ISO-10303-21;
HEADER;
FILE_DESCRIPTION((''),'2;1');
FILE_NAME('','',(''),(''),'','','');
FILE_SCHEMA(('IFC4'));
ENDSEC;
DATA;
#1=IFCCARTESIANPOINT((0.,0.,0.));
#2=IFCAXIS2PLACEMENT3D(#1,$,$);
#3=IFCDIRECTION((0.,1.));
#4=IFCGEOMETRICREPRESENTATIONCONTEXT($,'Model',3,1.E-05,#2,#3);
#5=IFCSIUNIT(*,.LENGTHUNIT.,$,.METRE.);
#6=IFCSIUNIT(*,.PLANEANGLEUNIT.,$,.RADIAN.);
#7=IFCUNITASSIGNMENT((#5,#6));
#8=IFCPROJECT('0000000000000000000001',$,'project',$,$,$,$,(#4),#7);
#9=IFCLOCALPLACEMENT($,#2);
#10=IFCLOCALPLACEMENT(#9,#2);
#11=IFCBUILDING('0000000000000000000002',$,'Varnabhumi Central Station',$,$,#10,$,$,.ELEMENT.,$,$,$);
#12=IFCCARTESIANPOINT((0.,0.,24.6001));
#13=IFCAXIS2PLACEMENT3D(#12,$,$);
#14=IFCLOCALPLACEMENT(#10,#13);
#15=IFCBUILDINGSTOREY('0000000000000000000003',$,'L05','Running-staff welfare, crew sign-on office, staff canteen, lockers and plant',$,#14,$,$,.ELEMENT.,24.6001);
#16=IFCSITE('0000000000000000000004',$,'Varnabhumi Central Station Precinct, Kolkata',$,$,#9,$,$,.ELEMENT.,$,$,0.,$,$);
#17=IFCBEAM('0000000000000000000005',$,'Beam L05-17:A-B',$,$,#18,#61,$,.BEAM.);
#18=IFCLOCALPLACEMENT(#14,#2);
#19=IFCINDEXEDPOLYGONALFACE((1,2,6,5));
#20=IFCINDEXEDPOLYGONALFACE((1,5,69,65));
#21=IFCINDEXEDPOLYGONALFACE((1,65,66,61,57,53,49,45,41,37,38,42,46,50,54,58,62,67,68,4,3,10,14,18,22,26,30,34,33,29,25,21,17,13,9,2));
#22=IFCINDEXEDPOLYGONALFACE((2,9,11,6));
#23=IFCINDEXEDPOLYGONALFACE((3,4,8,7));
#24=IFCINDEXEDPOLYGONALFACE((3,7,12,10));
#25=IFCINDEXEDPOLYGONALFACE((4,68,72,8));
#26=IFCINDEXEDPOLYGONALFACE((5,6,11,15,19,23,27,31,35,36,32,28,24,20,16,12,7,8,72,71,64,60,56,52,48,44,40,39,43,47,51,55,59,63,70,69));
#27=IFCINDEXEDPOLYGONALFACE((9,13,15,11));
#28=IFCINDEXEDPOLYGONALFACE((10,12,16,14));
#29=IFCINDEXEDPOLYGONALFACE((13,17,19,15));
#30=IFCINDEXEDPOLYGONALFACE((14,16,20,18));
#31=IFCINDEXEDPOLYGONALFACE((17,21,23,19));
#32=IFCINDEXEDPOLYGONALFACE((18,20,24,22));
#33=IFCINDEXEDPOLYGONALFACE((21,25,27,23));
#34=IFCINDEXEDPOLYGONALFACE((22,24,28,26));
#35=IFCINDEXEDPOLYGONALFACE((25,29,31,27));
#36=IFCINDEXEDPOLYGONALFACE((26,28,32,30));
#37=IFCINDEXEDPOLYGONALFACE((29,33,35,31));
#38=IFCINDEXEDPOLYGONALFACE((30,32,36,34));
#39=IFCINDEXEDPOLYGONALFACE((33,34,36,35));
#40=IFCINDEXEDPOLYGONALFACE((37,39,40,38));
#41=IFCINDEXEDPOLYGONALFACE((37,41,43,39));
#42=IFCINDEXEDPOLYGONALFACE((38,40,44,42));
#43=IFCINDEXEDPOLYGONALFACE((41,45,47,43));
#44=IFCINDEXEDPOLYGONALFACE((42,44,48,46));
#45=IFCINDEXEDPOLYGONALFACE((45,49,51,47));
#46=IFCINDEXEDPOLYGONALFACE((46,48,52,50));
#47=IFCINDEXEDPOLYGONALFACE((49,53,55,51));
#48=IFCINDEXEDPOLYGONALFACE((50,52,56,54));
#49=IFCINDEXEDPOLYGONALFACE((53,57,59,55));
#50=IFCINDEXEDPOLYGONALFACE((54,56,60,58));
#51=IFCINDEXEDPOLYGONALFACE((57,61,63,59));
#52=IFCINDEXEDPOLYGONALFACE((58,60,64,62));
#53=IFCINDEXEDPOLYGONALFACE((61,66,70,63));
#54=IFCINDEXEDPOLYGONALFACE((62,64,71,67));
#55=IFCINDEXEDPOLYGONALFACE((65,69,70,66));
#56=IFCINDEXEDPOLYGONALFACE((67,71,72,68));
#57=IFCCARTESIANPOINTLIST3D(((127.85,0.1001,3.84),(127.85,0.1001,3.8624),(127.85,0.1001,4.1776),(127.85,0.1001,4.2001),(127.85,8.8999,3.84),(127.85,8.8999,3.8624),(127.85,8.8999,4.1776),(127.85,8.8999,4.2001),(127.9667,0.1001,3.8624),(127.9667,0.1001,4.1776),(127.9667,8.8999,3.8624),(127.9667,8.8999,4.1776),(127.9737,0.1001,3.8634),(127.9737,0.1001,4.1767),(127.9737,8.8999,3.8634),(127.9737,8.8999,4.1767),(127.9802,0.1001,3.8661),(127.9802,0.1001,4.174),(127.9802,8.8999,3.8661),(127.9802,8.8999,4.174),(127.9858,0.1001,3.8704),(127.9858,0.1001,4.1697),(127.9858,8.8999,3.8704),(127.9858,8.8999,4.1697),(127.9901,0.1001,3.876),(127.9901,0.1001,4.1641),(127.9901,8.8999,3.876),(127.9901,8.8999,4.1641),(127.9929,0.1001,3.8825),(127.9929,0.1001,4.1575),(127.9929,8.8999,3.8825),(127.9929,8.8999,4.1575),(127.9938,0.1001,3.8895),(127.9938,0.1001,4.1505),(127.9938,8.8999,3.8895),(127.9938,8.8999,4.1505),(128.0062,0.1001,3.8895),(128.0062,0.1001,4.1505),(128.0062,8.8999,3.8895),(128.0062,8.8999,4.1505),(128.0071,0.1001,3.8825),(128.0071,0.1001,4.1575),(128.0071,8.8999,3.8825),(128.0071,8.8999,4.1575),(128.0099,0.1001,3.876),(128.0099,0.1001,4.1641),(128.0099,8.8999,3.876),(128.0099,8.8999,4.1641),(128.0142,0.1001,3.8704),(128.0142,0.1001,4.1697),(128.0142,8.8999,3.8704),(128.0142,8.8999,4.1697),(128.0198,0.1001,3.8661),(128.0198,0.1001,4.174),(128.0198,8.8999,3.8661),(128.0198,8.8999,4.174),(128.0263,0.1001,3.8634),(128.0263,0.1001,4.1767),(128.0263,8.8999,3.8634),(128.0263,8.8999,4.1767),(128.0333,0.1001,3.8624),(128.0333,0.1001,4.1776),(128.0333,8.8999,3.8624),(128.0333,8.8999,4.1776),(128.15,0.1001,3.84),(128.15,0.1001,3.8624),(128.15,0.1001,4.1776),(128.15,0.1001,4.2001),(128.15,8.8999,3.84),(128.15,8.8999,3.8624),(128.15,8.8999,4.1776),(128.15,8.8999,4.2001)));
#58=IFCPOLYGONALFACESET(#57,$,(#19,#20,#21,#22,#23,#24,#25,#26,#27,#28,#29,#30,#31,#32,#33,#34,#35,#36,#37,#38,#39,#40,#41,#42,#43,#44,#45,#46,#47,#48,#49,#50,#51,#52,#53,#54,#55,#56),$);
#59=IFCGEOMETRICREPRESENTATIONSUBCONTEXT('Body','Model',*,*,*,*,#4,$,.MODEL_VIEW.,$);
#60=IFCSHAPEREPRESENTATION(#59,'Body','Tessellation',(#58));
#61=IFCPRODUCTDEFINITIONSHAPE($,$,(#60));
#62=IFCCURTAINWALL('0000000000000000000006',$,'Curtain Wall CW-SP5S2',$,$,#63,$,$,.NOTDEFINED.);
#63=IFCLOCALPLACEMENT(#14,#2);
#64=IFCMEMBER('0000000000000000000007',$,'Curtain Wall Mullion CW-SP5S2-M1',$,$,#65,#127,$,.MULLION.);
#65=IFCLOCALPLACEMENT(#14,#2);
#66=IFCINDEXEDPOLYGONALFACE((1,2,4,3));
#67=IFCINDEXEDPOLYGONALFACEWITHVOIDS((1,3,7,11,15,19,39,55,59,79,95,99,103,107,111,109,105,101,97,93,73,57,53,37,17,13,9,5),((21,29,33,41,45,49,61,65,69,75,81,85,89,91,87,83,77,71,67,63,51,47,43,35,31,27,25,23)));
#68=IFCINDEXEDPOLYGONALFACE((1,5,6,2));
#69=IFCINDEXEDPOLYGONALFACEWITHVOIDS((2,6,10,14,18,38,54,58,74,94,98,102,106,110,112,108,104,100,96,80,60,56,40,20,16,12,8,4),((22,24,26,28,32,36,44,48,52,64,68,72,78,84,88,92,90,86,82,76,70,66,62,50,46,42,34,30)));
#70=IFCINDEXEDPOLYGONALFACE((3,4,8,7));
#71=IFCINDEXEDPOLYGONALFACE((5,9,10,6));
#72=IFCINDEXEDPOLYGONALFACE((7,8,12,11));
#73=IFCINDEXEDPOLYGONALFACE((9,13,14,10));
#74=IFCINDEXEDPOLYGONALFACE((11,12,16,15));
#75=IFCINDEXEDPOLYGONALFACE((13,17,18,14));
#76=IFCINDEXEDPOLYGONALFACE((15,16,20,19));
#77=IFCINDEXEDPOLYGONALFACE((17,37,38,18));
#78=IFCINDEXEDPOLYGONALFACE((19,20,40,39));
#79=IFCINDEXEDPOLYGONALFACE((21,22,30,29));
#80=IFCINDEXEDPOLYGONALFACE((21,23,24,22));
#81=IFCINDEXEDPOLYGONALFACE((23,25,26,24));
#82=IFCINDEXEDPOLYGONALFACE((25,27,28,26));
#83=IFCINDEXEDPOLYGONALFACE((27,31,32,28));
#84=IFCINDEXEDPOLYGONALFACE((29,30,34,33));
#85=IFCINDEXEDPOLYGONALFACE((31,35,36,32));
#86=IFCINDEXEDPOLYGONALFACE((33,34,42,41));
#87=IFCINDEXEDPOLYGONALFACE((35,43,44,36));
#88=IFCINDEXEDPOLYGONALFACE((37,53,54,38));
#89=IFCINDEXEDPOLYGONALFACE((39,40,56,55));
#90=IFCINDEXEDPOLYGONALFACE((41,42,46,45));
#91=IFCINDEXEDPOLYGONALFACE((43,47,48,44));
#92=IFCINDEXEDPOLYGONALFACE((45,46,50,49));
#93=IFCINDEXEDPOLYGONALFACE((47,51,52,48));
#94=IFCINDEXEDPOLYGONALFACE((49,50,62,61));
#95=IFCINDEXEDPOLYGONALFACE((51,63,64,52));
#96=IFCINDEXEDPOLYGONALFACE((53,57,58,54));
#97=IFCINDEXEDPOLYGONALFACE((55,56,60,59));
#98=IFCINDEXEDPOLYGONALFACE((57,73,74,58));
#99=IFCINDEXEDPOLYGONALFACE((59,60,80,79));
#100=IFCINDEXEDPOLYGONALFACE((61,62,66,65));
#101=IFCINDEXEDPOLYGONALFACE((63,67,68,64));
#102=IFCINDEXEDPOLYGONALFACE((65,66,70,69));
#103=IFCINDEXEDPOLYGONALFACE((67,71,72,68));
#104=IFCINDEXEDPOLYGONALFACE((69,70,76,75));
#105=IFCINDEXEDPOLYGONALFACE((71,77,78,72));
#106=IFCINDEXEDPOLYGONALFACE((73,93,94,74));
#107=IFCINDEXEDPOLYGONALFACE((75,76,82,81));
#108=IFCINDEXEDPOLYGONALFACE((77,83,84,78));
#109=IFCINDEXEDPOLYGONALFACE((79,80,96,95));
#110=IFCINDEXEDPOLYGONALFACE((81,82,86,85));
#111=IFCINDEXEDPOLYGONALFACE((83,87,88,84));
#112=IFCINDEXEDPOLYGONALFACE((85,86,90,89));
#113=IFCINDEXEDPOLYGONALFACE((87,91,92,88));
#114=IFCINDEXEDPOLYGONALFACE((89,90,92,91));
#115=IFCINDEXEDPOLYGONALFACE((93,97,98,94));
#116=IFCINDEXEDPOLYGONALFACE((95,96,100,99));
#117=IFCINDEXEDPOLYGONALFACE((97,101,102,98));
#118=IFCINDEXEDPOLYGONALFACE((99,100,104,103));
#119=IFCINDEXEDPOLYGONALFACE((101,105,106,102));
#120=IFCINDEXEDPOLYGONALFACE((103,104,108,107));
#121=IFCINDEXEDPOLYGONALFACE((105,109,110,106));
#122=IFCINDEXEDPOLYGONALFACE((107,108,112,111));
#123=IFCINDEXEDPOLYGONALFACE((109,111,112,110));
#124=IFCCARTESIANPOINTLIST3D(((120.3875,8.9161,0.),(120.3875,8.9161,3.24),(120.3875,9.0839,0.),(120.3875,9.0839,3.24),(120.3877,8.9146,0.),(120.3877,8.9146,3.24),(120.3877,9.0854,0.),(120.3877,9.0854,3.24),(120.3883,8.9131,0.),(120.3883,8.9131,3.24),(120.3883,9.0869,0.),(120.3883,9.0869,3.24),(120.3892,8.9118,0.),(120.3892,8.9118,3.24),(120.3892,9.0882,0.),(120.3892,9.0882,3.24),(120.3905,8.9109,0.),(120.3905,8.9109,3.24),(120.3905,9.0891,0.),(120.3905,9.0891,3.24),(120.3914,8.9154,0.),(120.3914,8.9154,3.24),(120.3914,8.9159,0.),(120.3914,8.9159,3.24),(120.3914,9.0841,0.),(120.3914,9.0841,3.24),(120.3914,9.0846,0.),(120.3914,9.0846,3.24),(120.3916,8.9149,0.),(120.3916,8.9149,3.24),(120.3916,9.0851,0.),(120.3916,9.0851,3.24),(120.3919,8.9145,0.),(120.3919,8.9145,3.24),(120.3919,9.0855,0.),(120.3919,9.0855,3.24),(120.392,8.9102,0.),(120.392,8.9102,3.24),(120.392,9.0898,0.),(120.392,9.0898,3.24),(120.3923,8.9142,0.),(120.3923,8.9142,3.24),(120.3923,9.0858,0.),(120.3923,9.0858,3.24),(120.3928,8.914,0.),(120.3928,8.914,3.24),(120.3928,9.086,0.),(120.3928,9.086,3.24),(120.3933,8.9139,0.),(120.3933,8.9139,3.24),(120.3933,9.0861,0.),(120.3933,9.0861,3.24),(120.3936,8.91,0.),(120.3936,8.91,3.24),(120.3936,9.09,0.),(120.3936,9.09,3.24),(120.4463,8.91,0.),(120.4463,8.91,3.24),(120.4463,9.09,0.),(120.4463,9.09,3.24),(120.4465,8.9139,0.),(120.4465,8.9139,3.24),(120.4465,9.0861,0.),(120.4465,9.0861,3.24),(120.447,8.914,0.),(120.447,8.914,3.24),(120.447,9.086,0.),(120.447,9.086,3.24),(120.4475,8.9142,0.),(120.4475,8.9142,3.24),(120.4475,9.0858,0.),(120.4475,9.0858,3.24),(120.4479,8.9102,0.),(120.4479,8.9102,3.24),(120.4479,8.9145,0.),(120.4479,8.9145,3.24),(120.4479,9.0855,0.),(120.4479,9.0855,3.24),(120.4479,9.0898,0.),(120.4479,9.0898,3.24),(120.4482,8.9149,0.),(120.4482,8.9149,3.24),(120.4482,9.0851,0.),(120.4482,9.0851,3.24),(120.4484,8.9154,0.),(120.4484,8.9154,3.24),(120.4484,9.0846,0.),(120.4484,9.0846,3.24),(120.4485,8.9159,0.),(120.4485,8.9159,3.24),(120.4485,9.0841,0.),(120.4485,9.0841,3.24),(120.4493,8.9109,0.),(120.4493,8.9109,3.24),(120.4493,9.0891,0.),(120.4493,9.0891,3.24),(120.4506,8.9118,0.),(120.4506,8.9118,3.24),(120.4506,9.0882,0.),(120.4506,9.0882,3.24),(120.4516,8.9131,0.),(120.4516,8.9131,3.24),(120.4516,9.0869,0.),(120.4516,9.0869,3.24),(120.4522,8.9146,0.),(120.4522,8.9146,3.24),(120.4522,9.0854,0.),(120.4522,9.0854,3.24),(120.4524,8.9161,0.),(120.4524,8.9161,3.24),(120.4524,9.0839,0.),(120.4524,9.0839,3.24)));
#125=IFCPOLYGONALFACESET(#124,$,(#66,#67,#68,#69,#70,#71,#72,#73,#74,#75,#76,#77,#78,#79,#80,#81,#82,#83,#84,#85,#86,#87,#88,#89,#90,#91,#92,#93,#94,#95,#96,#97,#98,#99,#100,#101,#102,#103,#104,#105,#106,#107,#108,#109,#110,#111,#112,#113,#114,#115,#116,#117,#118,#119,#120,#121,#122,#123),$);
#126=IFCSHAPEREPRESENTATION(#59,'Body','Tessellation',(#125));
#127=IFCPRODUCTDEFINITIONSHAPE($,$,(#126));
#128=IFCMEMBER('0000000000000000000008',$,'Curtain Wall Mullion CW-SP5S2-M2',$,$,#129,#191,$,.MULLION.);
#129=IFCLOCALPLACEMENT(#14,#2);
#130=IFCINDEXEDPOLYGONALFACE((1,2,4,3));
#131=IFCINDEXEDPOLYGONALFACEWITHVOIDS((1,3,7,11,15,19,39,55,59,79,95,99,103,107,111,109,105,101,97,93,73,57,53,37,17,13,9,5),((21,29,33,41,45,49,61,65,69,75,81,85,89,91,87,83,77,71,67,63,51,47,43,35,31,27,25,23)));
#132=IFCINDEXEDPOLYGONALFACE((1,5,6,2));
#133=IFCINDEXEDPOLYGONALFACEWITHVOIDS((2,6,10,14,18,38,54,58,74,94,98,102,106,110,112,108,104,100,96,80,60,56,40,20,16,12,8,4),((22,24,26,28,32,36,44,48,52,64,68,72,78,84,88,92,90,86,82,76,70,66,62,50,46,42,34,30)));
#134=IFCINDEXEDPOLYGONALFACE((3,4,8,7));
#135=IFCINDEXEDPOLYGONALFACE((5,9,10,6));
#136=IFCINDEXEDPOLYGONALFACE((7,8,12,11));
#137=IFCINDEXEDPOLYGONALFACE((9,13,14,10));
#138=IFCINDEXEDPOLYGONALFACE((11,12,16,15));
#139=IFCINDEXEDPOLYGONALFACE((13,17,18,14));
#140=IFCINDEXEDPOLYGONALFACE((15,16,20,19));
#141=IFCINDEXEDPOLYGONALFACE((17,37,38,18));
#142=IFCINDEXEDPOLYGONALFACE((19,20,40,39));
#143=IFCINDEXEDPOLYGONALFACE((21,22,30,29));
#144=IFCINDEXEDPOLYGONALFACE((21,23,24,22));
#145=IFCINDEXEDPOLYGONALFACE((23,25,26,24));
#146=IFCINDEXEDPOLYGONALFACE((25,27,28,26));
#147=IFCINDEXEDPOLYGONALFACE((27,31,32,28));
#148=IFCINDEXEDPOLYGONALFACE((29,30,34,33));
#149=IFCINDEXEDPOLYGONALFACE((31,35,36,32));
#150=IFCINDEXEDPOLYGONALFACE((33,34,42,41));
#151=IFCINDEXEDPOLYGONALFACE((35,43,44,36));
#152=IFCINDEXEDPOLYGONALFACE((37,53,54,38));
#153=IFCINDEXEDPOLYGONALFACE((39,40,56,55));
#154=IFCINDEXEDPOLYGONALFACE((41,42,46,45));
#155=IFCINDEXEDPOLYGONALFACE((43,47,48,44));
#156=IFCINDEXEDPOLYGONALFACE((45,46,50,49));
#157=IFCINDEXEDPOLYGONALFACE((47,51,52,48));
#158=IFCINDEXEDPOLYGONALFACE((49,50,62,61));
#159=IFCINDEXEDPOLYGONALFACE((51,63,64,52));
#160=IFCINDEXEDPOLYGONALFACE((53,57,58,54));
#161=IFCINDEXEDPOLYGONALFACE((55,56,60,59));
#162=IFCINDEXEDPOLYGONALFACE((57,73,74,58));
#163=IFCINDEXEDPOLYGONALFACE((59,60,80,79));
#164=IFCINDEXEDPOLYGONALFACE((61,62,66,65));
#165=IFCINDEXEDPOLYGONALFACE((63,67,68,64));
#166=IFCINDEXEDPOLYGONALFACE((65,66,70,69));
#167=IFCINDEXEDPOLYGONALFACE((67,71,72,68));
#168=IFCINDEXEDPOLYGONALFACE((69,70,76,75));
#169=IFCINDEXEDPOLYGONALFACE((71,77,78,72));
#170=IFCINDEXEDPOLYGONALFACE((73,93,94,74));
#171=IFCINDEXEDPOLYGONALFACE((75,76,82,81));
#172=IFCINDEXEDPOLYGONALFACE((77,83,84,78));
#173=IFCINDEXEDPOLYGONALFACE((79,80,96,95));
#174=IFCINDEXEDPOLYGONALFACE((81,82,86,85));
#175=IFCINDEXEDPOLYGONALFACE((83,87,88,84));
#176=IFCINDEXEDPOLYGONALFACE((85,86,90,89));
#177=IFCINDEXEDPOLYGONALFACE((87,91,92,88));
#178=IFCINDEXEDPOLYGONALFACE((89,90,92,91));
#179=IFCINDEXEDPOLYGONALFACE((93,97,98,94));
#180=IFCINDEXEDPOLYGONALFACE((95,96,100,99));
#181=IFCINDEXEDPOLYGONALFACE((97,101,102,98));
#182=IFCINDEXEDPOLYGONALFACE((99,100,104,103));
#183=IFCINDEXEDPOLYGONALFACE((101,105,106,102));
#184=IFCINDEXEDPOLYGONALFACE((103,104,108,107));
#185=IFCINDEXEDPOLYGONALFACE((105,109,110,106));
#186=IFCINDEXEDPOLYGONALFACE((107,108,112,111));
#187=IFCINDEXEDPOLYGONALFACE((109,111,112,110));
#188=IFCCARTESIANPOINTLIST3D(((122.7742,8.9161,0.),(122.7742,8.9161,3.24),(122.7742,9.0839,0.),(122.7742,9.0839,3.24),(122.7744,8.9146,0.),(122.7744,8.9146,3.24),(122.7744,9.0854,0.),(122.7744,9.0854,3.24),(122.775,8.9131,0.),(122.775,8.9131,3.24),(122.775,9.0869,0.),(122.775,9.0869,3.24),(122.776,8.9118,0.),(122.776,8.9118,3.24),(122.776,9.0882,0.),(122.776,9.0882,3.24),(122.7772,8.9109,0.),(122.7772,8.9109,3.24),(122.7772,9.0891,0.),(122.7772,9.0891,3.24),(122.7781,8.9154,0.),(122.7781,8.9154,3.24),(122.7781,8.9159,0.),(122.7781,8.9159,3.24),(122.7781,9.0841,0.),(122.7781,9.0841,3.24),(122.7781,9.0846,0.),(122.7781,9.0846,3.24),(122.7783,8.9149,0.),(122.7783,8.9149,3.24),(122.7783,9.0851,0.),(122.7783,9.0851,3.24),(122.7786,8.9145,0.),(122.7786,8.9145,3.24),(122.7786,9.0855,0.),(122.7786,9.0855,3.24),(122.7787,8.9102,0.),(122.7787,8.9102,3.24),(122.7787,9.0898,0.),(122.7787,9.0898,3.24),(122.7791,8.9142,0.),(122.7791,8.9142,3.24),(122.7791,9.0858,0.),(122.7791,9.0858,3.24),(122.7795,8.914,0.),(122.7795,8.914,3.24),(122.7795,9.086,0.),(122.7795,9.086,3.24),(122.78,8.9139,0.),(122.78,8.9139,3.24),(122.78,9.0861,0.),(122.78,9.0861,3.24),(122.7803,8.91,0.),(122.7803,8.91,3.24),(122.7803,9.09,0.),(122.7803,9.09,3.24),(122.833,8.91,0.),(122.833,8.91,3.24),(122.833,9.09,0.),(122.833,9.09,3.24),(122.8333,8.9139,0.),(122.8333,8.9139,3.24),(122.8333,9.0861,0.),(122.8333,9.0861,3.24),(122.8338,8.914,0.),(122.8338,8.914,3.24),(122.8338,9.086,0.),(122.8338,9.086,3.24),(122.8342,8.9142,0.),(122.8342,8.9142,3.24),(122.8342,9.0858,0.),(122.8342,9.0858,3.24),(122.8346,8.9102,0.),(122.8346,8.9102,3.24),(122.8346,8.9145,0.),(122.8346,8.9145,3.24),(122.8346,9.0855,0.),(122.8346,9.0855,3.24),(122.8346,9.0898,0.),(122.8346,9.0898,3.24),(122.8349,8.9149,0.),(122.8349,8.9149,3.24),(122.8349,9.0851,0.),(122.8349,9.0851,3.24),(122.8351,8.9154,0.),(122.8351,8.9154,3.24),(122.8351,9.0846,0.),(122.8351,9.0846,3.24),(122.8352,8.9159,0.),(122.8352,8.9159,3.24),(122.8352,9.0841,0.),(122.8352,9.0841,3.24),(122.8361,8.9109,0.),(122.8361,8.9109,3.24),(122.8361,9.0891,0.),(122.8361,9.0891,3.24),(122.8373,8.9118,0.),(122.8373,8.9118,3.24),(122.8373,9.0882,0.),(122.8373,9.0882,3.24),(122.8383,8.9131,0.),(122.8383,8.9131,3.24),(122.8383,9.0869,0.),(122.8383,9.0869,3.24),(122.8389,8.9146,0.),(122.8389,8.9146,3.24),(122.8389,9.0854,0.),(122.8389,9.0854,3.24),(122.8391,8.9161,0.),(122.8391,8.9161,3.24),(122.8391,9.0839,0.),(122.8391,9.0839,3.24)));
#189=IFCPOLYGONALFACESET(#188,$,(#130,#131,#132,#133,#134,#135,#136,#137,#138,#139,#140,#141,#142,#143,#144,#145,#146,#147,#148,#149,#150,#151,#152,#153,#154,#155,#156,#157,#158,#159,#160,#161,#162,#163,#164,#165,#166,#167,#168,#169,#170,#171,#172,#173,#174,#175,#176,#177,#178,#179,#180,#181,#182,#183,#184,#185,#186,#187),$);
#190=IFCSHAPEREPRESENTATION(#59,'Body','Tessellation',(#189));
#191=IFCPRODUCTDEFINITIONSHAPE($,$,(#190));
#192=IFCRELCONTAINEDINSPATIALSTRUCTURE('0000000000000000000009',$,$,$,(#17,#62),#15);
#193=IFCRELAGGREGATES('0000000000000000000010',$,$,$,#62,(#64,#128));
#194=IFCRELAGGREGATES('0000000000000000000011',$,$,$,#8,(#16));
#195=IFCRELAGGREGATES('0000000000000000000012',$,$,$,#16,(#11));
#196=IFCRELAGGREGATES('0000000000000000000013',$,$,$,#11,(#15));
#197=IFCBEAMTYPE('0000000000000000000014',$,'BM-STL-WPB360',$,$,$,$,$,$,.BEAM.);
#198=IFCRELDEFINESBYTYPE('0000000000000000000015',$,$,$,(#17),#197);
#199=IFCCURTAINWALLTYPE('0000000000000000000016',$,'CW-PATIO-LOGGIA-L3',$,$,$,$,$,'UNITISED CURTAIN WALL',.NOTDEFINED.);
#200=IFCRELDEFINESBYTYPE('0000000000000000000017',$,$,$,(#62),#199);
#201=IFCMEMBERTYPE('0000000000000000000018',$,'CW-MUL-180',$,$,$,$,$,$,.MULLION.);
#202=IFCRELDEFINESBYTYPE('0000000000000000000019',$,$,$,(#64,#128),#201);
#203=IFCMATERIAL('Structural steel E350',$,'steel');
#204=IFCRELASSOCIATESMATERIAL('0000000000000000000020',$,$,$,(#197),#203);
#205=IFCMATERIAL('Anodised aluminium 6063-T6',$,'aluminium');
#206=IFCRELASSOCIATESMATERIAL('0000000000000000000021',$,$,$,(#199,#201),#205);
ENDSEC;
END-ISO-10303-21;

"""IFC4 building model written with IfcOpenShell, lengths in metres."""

from ifc_helpers import new_model, si_unit, direction, frame, origin, origin_2d, place, context, subcontext, project, spatial, hollow_rectangle, i_section, extrude, material, material_profile, profile_set, type_object, element, aggregate, save


model = new_model("IFC4")

# Units and contexts
model_context = context("Model", 3, precision=1e-05, world=origin(), true_north=direction((0.0, 1.0)))
body_context = subcontext(model_context, "Body", "Model", "MODEL_VIEW")
ifc_project = project(units=[si_unit("LENGTHUNIT", "METRE"), si_unit("PLANEANGLEUNIT", "RADIAN")], contexts=[model_context])

# Site, building, storey
site_placement = place(None, origin())
site = spatial("IfcSite", under=ifc_project, at=site_placement, Name="Varnabhumi Central Station Precinct, Kolkata", CompositionType="ELEMENT", RefElevation=0.0)
building_placement = place(site_placement, origin())
building = spatial("IfcBuilding", under=site, at=building_placement, Name="Varnabhumi Central Station", CompositionType="ELEMENT")
storey_placement = place(building_placement, frame((0.0, 0.0, 24.6001)))
storey = spatial("IfcBuildingStorey", under=building, at=storey_placement, Name="L05", Description="Running-staff welfare, crew sign-on office, staff canteen, lockers and plant", CompositionType="ELEMENT", Elevation=24.6001)

# Beam
ifc_material_1 = material(Name="Structural steel E350", Category="steel")
ifc_material_profile_1 = material_profile(ifc_material_1, i_section(OverallWidth=0.3, OverallDepth=0.3601, WebThickness=0.0125, FlangeThickness=0.0225, FilletRadius=0.0271, at=origin_2d()), Name="Structural steel E350", Category="steel")
ifc_profile_set_1 = profile_set([ifc_material_profile_1], Name="Structural steel E350")
beam_type_1 = type_object("IfcBeamType", Name="BM-STL-WPB360", PredefinedType="BEAM", material=ifc_profile_set_1)
beam_1_placement = place(storey_placement, frame((128.0, 0.1001, 4.02), z_axis=(0.0, 1.0, 0.0), x_axis=(-1.0, 0.0, 0.0)))
element("IfcBeam", 1, at=beam_1_placement, inside=storey, type_object=beam_type_1, Name="Beam L05-17:A-B", PredefinedType="BEAM", context=body_context, shape_type="SweptSolid", body=[
    extrude(i_section(OverallWidth=0.3, OverallDepth=0.3601, WebThickness=0.0125, FlangeThickness=0.0225, FilletRadius=0.0271, at=origin_2d()), origin(), (0.0, 0.0, 1.0), 8.7998),
])

# Curtain wall, members
ifc_material_2 = material(Name="Anodised aluminium 6063-T6", Category="aluminium")
curtain_wall_type = type_object("IfcCurtainWallType", Name="CW-PATIO-LOGGIA-L3", ElementType="UNITISED CURTAIN WALL", PredefinedType="NOTDEFINED", material=ifc_material_2)
curtain_wall_placement = place(storey_placement, origin())
curtain_wall = element("IfcCurtainWall", 2, at=curtain_wall_placement, inside=storey, type_object=curtain_wall_type, Name="Curtain Wall CW-SP5S2", PredefinedType="NOTDEFINED")
ifc_material_profile_2 = material_profile(ifc_material_2, hollow_rectangle(XDim=0.0649, YDim=0.1799, WallThickness=0.0039, InnerFilletRadius=0.002, OuterFilletRadius=0.0061, at=origin_2d()), Name="Anodised aluminium 6063-T6", Category="aluminium")
ifc_profile_set_2 = profile_set([ifc_material_profile_2], Name="Anodised aluminium 6063-T6")
member_type_1 = type_object("IfcMemberType", Name="CW-MUL-180", PredefinedType="MULLION", material=ifc_profile_set_2)
member_1_placement = place(storey_placement, frame((120.4199, 9.0, 0.0), z_axis=(0.0, 0.0, 1.0), x_axis=(1.0, 0.0, 0.0)))
member_1 = element("IfcMember", 3, at=member_1_placement, type_object=member_type_1, Name="Curtain Wall Mullion CW-SP5S2-M1", PredefinedType="MULLION", context=body_context, shape_type="SweptSolid", body=[
    extrude(hollow_rectangle(XDim=0.0649, YDim=0.1799, WallThickness=0.0039, InnerFilletRadius=0.002, OuterFilletRadius=0.0061, at=origin_2d()), origin(), (0.0, 0.0, 1.0), 3.24),
])
member_2_placement = place(storey_placement, frame((122.8066, 9.0, 0.0), z_axis=(0.0, 0.0, 1.0), x_axis=(1.0, 0.0, 0.0)))
member_2 = element("IfcMember", 4, at=member_2_placement, type_object=member_type_1, Name="Curtain Wall Mullion CW-SP5S2-M2", PredefinedType="MULLION", context=body_context, shape_type="SweptSolid", body=[
    extrude(hollow_rectangle(XDim=0.0649, YDim=0.1799, WallThickness=0.0039, InnerFilletRadius=0.002, OuterFilletRadius=0.0061, at=origin_2d()), origin(), (0.0, 0.0, 1.0), 3.24),
])

aggregate(curtain_wall, [member_1, member_2])

save(model, "model.ifc")
